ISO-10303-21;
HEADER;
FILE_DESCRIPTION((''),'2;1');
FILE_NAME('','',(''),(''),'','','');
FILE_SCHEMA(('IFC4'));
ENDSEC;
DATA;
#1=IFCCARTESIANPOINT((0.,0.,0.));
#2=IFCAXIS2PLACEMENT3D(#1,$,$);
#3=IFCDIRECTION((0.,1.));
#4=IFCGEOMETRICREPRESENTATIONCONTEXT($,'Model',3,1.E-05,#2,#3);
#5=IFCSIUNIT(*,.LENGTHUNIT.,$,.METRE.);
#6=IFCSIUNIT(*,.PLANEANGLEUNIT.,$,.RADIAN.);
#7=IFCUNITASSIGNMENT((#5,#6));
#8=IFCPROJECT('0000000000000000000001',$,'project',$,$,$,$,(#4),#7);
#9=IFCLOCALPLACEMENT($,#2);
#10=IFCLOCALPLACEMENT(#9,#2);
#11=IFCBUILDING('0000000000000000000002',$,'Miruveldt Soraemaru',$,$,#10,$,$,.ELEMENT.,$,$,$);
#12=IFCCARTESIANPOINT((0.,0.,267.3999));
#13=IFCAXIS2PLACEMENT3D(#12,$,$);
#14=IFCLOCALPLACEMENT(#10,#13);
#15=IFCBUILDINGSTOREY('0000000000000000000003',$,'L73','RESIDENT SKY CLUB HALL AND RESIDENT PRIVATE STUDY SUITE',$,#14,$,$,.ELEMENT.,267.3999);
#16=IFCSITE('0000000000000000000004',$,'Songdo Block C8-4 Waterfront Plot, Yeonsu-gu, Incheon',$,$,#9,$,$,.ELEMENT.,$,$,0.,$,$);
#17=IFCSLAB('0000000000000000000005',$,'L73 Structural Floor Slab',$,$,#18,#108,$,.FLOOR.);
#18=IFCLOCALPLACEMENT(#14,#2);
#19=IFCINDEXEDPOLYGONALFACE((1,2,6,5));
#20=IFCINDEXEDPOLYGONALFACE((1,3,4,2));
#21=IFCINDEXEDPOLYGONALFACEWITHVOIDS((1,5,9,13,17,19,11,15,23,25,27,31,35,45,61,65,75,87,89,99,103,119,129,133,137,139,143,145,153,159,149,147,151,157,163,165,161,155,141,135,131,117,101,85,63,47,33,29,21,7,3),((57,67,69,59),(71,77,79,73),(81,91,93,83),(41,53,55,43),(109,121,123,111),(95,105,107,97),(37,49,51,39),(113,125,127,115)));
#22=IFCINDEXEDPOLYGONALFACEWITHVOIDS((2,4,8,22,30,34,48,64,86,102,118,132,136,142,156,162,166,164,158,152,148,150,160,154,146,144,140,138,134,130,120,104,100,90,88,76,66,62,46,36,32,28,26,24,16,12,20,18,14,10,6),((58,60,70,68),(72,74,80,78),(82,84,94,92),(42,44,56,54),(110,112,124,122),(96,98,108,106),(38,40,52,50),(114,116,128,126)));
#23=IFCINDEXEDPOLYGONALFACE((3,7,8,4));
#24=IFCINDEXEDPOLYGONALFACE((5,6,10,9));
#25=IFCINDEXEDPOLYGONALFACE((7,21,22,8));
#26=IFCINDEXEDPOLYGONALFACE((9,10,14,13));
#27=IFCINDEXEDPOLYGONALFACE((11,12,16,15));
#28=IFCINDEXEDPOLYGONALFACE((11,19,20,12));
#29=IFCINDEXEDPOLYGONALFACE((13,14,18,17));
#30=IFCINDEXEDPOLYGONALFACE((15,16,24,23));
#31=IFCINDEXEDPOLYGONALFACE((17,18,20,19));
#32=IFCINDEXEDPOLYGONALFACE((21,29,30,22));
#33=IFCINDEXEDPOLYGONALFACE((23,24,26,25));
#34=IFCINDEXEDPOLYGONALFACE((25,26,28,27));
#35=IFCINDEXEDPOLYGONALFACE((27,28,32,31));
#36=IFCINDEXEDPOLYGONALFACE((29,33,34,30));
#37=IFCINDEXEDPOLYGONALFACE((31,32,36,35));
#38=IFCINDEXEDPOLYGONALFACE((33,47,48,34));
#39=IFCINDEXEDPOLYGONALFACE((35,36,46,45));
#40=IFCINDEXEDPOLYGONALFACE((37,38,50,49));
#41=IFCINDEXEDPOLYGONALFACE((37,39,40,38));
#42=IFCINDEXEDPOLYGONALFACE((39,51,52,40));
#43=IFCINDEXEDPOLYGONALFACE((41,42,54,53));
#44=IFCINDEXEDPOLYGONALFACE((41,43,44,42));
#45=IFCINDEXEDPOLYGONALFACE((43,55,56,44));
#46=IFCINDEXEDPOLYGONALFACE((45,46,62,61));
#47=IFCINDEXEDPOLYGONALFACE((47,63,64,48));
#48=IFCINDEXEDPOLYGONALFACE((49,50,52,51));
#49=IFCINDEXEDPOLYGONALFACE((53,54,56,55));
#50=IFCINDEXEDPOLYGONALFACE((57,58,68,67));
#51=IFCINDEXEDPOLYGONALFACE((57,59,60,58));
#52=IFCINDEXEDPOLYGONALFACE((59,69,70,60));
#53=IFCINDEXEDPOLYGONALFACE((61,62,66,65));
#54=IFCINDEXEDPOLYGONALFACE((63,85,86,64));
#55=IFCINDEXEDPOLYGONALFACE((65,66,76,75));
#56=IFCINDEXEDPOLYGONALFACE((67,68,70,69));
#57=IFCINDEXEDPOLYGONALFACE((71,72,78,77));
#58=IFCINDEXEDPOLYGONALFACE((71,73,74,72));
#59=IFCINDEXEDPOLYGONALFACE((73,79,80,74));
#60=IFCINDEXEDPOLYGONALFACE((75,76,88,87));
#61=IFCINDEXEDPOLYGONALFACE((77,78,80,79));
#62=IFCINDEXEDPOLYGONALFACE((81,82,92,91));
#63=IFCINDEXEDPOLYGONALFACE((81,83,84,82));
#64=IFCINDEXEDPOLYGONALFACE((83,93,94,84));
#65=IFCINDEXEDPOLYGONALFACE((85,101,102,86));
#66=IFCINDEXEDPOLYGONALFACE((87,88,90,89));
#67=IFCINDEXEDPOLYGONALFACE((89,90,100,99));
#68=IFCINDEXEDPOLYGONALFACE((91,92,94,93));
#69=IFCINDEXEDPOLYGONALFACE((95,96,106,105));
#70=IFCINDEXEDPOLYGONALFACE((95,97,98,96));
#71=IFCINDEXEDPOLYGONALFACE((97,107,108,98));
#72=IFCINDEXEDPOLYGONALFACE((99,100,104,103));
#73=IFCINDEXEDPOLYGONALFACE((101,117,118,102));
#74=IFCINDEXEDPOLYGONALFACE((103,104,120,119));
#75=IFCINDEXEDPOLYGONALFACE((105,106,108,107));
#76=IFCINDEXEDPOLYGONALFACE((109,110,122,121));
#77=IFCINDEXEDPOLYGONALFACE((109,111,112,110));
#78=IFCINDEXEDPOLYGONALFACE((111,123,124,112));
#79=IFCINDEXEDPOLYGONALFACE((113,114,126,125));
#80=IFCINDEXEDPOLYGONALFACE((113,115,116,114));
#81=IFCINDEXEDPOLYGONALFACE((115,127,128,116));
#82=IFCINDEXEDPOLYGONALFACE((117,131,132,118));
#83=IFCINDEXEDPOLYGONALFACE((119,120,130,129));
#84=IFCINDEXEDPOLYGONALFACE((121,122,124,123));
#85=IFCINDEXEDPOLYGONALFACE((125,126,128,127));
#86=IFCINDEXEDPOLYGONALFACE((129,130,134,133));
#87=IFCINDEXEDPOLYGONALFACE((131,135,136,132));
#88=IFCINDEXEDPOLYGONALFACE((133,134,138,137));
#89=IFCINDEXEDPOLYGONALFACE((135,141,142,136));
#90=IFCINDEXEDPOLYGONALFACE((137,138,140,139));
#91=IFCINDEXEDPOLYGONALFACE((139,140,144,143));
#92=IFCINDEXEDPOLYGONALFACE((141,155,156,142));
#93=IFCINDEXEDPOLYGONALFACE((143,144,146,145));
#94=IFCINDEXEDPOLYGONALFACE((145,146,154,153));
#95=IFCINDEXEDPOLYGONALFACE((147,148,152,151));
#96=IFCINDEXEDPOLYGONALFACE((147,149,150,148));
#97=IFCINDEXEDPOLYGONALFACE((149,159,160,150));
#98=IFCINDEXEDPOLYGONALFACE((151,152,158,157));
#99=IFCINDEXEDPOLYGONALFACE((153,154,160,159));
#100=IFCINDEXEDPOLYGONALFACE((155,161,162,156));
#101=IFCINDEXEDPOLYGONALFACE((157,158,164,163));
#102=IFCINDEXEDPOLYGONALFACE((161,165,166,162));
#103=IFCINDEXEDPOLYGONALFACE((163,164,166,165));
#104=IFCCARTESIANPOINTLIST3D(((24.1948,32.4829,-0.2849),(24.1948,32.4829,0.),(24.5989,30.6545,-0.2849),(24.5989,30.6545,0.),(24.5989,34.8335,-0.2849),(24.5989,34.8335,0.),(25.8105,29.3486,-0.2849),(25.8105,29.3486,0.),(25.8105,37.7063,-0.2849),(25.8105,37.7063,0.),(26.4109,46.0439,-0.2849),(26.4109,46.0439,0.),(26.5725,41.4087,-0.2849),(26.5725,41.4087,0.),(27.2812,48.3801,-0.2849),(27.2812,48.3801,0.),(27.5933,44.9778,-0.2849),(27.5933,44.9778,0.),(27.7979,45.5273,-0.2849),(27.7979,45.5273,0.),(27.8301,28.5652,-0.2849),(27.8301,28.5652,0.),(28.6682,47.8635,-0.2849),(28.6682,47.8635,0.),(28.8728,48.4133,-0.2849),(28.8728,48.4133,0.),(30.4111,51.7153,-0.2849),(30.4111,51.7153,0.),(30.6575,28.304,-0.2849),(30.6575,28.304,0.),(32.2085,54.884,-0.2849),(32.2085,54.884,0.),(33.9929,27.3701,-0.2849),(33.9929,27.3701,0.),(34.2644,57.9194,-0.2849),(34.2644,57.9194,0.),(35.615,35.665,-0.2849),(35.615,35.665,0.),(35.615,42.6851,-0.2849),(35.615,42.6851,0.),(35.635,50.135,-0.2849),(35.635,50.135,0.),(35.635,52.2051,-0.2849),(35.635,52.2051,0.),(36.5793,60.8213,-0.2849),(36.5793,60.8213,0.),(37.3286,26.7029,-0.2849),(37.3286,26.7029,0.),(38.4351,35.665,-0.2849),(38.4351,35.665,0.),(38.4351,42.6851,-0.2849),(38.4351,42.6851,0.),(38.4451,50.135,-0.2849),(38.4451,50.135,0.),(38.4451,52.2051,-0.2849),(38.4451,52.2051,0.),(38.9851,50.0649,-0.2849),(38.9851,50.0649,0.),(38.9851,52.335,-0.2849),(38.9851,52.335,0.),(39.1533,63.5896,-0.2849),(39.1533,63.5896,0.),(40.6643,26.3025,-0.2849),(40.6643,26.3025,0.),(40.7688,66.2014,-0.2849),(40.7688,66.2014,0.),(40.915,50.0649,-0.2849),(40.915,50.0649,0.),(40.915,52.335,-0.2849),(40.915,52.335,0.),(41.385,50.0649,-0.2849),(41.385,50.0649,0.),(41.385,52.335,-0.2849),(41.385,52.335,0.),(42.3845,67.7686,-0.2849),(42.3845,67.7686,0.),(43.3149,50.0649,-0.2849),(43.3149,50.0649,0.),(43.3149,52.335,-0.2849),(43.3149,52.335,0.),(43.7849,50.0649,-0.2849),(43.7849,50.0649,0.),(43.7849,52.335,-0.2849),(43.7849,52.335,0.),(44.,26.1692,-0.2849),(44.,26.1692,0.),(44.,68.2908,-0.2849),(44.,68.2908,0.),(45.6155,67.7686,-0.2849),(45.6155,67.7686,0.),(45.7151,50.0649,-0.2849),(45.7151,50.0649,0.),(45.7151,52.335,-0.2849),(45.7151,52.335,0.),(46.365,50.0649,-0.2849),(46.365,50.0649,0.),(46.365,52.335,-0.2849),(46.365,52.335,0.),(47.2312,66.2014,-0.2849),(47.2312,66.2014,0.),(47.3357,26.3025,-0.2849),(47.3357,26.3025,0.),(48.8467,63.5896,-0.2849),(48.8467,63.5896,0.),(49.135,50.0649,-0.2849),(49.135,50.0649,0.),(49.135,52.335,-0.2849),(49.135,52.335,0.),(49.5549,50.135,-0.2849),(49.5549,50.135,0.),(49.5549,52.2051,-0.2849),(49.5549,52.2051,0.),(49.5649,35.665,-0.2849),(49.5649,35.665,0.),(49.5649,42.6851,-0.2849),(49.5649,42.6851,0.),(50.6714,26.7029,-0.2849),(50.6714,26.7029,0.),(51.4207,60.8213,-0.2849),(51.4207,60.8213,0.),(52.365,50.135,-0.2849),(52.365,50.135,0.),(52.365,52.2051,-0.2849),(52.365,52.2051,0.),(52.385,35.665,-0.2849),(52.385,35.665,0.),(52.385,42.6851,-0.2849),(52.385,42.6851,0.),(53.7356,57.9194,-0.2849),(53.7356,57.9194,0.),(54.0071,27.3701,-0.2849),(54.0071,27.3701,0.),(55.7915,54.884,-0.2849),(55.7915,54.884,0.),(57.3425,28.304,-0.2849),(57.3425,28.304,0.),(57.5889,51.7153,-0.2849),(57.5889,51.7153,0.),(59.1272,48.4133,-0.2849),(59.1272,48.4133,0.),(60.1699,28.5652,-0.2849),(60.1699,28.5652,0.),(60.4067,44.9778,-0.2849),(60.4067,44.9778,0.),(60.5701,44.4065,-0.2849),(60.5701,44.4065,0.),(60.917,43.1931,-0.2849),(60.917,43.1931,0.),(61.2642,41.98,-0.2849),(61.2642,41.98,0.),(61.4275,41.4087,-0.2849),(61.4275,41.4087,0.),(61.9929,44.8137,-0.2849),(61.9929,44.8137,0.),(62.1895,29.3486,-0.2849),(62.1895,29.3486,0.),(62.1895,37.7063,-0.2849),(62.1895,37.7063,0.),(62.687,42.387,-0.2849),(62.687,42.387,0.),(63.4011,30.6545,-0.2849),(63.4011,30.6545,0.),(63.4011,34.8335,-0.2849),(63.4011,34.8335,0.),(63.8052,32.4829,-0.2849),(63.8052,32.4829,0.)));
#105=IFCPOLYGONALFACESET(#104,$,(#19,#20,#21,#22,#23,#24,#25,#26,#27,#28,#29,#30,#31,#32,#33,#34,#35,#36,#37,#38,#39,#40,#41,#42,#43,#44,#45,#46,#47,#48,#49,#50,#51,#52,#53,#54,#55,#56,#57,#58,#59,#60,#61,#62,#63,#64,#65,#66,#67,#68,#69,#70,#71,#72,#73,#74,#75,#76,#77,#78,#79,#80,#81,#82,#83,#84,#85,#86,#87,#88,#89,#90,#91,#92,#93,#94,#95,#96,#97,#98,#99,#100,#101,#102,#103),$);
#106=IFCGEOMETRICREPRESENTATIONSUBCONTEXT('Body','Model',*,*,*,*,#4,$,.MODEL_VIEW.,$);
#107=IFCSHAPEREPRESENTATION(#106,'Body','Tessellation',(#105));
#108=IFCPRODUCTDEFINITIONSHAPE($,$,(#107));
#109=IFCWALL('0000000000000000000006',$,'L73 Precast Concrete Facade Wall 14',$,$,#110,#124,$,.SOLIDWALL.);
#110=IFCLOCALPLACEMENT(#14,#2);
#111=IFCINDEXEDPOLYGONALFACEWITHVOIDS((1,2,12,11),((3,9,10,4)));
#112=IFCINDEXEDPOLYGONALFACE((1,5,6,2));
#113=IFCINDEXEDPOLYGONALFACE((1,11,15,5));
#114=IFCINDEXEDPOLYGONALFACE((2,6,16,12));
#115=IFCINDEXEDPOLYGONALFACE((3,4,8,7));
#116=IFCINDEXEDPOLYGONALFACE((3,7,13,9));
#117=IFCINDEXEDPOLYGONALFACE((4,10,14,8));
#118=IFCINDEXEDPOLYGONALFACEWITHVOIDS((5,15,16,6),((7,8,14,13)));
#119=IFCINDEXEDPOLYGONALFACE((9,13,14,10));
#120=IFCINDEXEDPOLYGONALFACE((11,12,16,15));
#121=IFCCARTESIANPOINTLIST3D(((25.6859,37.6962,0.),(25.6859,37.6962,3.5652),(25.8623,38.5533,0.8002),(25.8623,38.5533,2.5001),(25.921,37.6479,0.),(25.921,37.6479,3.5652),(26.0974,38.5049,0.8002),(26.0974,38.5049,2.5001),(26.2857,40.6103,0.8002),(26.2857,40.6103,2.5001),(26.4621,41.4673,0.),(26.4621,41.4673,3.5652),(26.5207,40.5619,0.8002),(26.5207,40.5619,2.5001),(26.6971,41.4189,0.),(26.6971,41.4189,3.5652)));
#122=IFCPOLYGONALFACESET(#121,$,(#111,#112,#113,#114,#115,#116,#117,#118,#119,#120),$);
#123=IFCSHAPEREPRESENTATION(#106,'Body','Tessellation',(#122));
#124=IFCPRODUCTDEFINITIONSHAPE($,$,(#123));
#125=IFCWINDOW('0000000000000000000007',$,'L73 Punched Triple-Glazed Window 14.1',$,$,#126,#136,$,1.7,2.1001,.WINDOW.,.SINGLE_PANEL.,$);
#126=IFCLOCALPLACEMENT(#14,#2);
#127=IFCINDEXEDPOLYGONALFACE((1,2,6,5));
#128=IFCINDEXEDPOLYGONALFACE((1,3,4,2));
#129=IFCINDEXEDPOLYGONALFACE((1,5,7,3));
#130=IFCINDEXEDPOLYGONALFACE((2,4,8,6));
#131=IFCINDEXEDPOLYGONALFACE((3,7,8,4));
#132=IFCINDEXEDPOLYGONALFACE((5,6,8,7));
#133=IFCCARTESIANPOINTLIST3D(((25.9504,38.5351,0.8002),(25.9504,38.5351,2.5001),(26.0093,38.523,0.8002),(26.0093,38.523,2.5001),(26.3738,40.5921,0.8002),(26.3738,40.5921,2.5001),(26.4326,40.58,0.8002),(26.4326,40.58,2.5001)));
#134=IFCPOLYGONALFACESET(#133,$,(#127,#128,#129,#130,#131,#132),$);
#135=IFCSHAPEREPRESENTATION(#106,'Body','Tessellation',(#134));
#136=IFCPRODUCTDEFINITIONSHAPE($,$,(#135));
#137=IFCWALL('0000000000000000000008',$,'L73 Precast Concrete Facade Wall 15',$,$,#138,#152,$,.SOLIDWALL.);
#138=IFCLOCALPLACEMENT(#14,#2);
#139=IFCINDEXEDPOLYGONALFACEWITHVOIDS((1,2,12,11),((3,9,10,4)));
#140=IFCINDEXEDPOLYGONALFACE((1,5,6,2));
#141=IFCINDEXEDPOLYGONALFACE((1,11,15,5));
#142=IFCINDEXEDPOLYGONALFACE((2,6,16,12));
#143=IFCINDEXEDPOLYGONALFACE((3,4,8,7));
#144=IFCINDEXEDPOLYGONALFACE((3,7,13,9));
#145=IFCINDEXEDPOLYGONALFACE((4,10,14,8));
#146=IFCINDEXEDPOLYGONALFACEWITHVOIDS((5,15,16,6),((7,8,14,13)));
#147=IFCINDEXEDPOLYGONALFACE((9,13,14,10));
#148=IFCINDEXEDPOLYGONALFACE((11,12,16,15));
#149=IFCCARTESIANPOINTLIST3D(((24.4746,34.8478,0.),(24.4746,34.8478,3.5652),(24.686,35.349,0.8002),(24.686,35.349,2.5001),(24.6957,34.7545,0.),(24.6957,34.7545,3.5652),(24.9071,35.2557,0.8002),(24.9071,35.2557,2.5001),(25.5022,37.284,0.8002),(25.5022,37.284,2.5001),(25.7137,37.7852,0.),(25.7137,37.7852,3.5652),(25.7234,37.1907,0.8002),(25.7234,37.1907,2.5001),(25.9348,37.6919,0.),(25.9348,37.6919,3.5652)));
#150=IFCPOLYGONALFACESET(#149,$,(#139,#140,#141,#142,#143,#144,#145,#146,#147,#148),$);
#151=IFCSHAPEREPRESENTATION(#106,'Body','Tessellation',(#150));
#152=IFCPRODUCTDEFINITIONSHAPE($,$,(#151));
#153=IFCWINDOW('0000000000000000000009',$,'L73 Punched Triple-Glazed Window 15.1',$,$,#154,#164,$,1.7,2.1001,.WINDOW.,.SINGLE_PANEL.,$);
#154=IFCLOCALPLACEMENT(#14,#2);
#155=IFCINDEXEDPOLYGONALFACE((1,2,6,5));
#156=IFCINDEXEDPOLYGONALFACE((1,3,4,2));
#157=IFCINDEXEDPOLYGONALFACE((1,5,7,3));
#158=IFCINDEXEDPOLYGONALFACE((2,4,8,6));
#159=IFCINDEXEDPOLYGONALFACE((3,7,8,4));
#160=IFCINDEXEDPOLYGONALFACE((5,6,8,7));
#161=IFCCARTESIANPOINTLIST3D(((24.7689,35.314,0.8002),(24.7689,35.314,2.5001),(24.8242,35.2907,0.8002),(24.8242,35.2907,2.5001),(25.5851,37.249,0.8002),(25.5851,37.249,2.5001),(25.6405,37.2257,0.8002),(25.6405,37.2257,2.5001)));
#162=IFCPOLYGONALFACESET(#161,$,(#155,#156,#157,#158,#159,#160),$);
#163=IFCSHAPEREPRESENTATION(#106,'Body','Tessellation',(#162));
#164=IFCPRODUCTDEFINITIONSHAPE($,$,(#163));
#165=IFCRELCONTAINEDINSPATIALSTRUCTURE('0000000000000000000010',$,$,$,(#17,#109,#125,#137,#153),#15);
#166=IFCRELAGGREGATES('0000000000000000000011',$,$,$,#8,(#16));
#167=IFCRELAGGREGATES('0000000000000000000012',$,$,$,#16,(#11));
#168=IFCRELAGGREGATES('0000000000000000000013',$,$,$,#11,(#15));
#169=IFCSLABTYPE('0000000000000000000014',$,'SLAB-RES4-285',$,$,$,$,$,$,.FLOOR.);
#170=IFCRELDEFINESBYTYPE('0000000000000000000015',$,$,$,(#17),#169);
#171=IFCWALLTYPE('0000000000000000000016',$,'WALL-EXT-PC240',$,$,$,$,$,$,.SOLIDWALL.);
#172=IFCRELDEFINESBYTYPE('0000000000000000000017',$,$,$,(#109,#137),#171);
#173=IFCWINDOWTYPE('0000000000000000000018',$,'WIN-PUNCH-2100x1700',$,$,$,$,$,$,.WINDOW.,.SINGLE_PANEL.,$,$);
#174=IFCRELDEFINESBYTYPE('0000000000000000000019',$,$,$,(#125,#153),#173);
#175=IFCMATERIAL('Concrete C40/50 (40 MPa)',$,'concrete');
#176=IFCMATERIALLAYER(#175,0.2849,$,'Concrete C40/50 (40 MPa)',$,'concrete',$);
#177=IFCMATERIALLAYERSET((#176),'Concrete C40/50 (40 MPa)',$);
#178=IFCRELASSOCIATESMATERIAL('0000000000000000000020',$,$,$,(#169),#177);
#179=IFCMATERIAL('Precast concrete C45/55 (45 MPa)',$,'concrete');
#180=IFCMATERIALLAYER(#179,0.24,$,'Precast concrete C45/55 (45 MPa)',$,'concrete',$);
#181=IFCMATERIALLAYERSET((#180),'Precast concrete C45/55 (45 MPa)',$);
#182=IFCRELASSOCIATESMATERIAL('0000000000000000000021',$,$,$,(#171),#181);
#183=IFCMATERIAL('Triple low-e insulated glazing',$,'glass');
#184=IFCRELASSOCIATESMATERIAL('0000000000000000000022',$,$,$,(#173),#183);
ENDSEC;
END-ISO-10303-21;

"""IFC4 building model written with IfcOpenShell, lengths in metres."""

from ifc_helpers import new_model, si_unit, direction, frame, frame_2d, origin, place, context, subcontext, project, spatial, polyline, rectangle, outline, extrude, material, layer, layer_set, type_object, element, fill, save


model = new_model("IFC4")

# Units and contexts
model_context = context("Model", 3, precision=1e-05, world=origin(), true_north=direction((0.0, 1.0)))
body_context = subcontext(model_context, "Body", "Model", "MODEL_VIEW")
ifc_project = project(units=[si_unit("LENGTHUNIT", "METRE"), si_unit("PLANEANGLEUNIT", "RADIAN")], contexts=[model_context])

# Site, building, storey
site_placement = place(None, origin())
site = spatial("IfcSite", under=ifc_project, at=site_placement, Name="Songdo Block C8-4 Waterfront Plot, Yeonsu-gu, Incheon", CompositionType="ELEMENT", RefElevation=0.0)
building_placement = place(site_placement, origin())
building = spatial("IfcBuilding", under=site, at=building_placement, Name="Miruveldt Soraemaru", CompositionType="ELEMENT")
storey_placement = place(building_placement, frame((0.0, 0.0, 267.3999)))
storey = spatial("IfcBuildingStorey", under=building, at=storey_placement, Name="L73", Description="RESIDENT SKY CLUB HALL AND RESIDENT PRIVATE STUDY SUITE", CompositionType="ELEMENT", Elevation=267.3999)

# Shared definitions
ifc_material_1 = material(Name="Concrete C40/50 (40 MPa)", Category="concrete")

# Slab
ifc_layer_1 = layer(ifc_material_1, 0.2849, Name="Concrete C40/50 (40 MPa)", Category="concrete")
ifc_layer_set_1 = layer_set([ifc_layer_1], Name="Concrete C40/50 (40 MPa)")
slab_type_1 = type_object("IfcSlabType", Name="SLAB-RES4-285", PredefinedType="FLOOR", material=ifc_layer_set_1)
slab_1_placement = place(storey_placement, frame((0.0, 0.0, -0.2849)))
element("IfcSlab", 1, at=slab_1_placement, inside=storey, type_object=slab_type_1, Name="L73 Structural Floor Slab", PredefinedType="FLOOR", context=body_context, shape_type="SweptSolid", body=[
    extrude(outline(polyline([(61.4275, 41.4087), (62.1895, 37.7063), (63.4011, 34.8335), (63.8052, 32.4829), (63.4011, 30.6545), (62.1895, 29.3486), (60.1699, 28.5652), (57.3425, 28.304), (54.0071, 27.3701), (50.6714, 26.7029), (47.3357, 26.3025), (44.0, 26.1692), (40.6643, 26.3025), (37.3286, 26.7029), (33.9929, 27.3701), (30.6575, 28.304), (27.8301, 28.5652), (25.8105, 29.3486), (24.5989, 30.6545), (24.1948, 32.4829), (24.5989, 34.8335), (25.8105, 37.7063), (26.5725, 41.4087), (27.5933, 44.9778), (28.2329, 46.6956), (27.7979, 45.5273), (26.4109, 46.0439), (27.2812, 48.3801), (28.6682, 47.8635), (28.8728, 48.4133), (30.4111, 51.7153), (32.2085, 54.884), (34.2644, 57.9194), (36.5793, 60.8213), (39.1533, 63.5896), (40.7688, 66.2014), (42.3845, 67.7686), (44.0, 68.2908), (45.6155, 67.7686), (47.2312, 66.2014), (48.8467, 63.5896), (51.4207, 60.8213), (53.7356, 57.9194), (55.7915, 54.884), (57.5889, 51.7153), (59.1272, 48.4133), (60.4067, 44.9778), (60.5701, 44.4065), (61.9929, 44.8137), (62.687, 42.387), (61.2642, 41.98), (60.917, 43.1931), (61.4275, 41.4087)]), holes=[polyline([(35.615, 35.665), (38.4351, 35.665), (38.4351, 42.6851), (35.615, 42.6851), (35.615, 35.665)]), polyline([(49.5649, 35.665), (52.385, 35.665), (52.385, 42.6851), (49.5649, 42.6851), (49.5649, 35.665)]), polyline([(38.4451, 50.135), (38.4451, 52.2051), (35.635, 52.2051), (35.635, 50.135), (38.4451, 50.135)]), polyline([(52.365, 50.135), (52.365, 52.2051), (49.5549, 52.2051), (49.5549, 50.135), (52.365, 50.135)]), polyline([(40.915, 50.0649), (40.915, 52.335), (38.9851, 52.335), (38.9851, 50.0649), (40.915, 50.0649)]), polyline([(43.3149, 50.0649), (43.3149, 52.335), (41.385, 52.335), (41.385, 50.0649), (43.3149, 50.0649)]), polyline([(45.7151, 50.0649), (45.7151, 52.335), (43.7849, 52.335), (43.7849, 50.0649), (45.7151, 50.0649)]), polyline([(49.135, 50.0649), (49.135, 52.335), (46.365, 52.335), (46.365, 50.0649), (49.135, 50.0649)])]), origin(), (0.0, 0.0, 1.0), 0.2849),
])

# Walls, openings, windows
ifc_material_2 = material(Name="Precast concrete C45/55 (45 MPa)", Category="concrete")
ifc_layer_2 = layer(ifc_material_2, 0.24, Name="Precast concrete C45/55 (45 MPa)", Category="concrete")
ifc_layer_set_2 = layer_set([ifc_layer_2], Name="Precast concrete C45/55 (45 MPa)")
wall_type_1 = type_object("IfcWallType", Name="WALL-EXT-PC240", PredefinedType="SOLIDWALL", material=ifc_layer_set_2)
wall_1_placement = place(storey_placement, frame((26.5796, 41.4431, 0.0), z_axis=(0.0, 0.0, 1.0), x_axis=(-0.201589, -0.97947, 0.0)))
wall_1 = element("IfcWall", 2, at=wall_1_placement, inside=storey, type_object=wall_type_1, Name="L73 Precast Concrete Facade Wall 14", PredefinedType="SOLIDWALL", context=body_context, shape_type="SweptSolid", body=[
    extrude(rectangle(XDim=3.8501, YDim=0.24, at=frame_2d((1.925, 0.0))), origin(), (0.0, 0.0, 1.0), 3.5652),
])
opening_1_placement = place(wall_1_placement, frame((0.875, 0.0, 0.8)))
opening_1 = element("IfcOpeningElement", 3, at=opening_1_placement, cuts=wall_1, PredefinedType="OPENING", context=body_context, shape_type="SweptSolid", body=[
    extrude(rectangle(XDim=2.1001, YDim=1.7, at=frame_2d((1.05, 0.8501))), frame((0.0, 0.1299, 0.0), z_axis=(0.0, -1.0, 0.0), x_axis=(1.0, 0.0, 0.0)), (0.0, 0.0, 1.0), 0.26),
])
ifc_material_3 = material(Name="Triple low-e insulated glazing", Category="glass")
window_type_1 = type_object("IfcWindowType", Name="WIN-PUNCH-2100x1700", PartitioningType="SINGLE_PANEL", PredefinedType="WINDOW", material=ifc_material_3)
window_1_placement = place(opening_1_placement, origin())
window_1 = element("IfcWindow", 4, at=window_1_placement, inside=storey, type_object=window_type_1, Name="L73 Punched Triple-Glazed Window 14.1", OverallHeight=1.7, OverallWidth=2.1001, PartitioningType="SINGLE_PANEL", PredefinedType="WINDOW", context=body_context, shape_type="SweptSolid", body=[
    extrude(rectangle(XDim=2.1001, YDim=1.7, at=frame_2d((1.05, 0.8501))), frame((0.0, 0.03, 0.0), z_axis=(0.0, -1.0, 0.0), x_axis=(1.0, 0.0, 0.0)), (0.0, 0.0, 1.0), 0.0601),
])
fill(opening_1, window_1)
wall_2_placement = place(storey_placement, frame((25.8242, 37.7385, 0.0), z_axis=(0.0, 0.0, 1.0), x_axis=(-0.388663, -0.92138, 0.0)))
wall_2 = element("IfcWall", 5, at=wall_2_placement, inside=storey, type_object=wall_type_1, Name="L73 Precast Concrete Facade Wall 15", PredefinedType="SOLIDWALL", context=body_context, shape_type="SweptSolid", body=[
    extrude(rectangle(XDim=3.188, YDim=0.24, at=frame_2d((1.594, 0.0))), origin(), (0.0, 0.0, 1.0), 3.5652),
])
opening_2_placement = place(wall_2_placement, frame((0.5439, 0.0, 0.8)))
opening_2 = element("IfcOpeningElement", 6, at=opening_2_placement, cuts=wall_2, PredefinedType="OPENING", context=body_context, shape_type="SweptSolid", body=[
    extrude(rectangle(XDim=2.1001, YDim=1.7, at=frame_2d((1.05, 0.8501))), frame((0.0, 0.1299, 0.0), z_axis=(0.0, -1.0, 0.0), x_axis=(1.0, 0.0, 0.0)), (0.0, 0.0, 1.0), 0.26),
])
window_2_placement = place(opening_2_placement, origin())
window_2 = element("IfcWindow", 7, at=window_2_placement, inside=storey, type_object=window_type_1, Name="L73 Punched Triple-Glazed Window 15.1", OverallHeight=1.7, OverallWidth=2.1001, PartitioningType="SINGLE_PANEL", PredefinedType="WINDOW", context=body_context, shape_type="SweptSolid", body=[
    extrude(rectangle(XDim=2.1001, YDim=1.7, at=frame_2d((1.05, 0.8501))), frame((0.0, 0.03, 0.0), z_axis=(0.0, -1.0, 0.0), x_axis=(1.0, 0.0, 0.0)), (0.0, 0.0, 1.0), 0.0601),
])
fill(opening_2, window_2)

save(model, "model.ifc")
